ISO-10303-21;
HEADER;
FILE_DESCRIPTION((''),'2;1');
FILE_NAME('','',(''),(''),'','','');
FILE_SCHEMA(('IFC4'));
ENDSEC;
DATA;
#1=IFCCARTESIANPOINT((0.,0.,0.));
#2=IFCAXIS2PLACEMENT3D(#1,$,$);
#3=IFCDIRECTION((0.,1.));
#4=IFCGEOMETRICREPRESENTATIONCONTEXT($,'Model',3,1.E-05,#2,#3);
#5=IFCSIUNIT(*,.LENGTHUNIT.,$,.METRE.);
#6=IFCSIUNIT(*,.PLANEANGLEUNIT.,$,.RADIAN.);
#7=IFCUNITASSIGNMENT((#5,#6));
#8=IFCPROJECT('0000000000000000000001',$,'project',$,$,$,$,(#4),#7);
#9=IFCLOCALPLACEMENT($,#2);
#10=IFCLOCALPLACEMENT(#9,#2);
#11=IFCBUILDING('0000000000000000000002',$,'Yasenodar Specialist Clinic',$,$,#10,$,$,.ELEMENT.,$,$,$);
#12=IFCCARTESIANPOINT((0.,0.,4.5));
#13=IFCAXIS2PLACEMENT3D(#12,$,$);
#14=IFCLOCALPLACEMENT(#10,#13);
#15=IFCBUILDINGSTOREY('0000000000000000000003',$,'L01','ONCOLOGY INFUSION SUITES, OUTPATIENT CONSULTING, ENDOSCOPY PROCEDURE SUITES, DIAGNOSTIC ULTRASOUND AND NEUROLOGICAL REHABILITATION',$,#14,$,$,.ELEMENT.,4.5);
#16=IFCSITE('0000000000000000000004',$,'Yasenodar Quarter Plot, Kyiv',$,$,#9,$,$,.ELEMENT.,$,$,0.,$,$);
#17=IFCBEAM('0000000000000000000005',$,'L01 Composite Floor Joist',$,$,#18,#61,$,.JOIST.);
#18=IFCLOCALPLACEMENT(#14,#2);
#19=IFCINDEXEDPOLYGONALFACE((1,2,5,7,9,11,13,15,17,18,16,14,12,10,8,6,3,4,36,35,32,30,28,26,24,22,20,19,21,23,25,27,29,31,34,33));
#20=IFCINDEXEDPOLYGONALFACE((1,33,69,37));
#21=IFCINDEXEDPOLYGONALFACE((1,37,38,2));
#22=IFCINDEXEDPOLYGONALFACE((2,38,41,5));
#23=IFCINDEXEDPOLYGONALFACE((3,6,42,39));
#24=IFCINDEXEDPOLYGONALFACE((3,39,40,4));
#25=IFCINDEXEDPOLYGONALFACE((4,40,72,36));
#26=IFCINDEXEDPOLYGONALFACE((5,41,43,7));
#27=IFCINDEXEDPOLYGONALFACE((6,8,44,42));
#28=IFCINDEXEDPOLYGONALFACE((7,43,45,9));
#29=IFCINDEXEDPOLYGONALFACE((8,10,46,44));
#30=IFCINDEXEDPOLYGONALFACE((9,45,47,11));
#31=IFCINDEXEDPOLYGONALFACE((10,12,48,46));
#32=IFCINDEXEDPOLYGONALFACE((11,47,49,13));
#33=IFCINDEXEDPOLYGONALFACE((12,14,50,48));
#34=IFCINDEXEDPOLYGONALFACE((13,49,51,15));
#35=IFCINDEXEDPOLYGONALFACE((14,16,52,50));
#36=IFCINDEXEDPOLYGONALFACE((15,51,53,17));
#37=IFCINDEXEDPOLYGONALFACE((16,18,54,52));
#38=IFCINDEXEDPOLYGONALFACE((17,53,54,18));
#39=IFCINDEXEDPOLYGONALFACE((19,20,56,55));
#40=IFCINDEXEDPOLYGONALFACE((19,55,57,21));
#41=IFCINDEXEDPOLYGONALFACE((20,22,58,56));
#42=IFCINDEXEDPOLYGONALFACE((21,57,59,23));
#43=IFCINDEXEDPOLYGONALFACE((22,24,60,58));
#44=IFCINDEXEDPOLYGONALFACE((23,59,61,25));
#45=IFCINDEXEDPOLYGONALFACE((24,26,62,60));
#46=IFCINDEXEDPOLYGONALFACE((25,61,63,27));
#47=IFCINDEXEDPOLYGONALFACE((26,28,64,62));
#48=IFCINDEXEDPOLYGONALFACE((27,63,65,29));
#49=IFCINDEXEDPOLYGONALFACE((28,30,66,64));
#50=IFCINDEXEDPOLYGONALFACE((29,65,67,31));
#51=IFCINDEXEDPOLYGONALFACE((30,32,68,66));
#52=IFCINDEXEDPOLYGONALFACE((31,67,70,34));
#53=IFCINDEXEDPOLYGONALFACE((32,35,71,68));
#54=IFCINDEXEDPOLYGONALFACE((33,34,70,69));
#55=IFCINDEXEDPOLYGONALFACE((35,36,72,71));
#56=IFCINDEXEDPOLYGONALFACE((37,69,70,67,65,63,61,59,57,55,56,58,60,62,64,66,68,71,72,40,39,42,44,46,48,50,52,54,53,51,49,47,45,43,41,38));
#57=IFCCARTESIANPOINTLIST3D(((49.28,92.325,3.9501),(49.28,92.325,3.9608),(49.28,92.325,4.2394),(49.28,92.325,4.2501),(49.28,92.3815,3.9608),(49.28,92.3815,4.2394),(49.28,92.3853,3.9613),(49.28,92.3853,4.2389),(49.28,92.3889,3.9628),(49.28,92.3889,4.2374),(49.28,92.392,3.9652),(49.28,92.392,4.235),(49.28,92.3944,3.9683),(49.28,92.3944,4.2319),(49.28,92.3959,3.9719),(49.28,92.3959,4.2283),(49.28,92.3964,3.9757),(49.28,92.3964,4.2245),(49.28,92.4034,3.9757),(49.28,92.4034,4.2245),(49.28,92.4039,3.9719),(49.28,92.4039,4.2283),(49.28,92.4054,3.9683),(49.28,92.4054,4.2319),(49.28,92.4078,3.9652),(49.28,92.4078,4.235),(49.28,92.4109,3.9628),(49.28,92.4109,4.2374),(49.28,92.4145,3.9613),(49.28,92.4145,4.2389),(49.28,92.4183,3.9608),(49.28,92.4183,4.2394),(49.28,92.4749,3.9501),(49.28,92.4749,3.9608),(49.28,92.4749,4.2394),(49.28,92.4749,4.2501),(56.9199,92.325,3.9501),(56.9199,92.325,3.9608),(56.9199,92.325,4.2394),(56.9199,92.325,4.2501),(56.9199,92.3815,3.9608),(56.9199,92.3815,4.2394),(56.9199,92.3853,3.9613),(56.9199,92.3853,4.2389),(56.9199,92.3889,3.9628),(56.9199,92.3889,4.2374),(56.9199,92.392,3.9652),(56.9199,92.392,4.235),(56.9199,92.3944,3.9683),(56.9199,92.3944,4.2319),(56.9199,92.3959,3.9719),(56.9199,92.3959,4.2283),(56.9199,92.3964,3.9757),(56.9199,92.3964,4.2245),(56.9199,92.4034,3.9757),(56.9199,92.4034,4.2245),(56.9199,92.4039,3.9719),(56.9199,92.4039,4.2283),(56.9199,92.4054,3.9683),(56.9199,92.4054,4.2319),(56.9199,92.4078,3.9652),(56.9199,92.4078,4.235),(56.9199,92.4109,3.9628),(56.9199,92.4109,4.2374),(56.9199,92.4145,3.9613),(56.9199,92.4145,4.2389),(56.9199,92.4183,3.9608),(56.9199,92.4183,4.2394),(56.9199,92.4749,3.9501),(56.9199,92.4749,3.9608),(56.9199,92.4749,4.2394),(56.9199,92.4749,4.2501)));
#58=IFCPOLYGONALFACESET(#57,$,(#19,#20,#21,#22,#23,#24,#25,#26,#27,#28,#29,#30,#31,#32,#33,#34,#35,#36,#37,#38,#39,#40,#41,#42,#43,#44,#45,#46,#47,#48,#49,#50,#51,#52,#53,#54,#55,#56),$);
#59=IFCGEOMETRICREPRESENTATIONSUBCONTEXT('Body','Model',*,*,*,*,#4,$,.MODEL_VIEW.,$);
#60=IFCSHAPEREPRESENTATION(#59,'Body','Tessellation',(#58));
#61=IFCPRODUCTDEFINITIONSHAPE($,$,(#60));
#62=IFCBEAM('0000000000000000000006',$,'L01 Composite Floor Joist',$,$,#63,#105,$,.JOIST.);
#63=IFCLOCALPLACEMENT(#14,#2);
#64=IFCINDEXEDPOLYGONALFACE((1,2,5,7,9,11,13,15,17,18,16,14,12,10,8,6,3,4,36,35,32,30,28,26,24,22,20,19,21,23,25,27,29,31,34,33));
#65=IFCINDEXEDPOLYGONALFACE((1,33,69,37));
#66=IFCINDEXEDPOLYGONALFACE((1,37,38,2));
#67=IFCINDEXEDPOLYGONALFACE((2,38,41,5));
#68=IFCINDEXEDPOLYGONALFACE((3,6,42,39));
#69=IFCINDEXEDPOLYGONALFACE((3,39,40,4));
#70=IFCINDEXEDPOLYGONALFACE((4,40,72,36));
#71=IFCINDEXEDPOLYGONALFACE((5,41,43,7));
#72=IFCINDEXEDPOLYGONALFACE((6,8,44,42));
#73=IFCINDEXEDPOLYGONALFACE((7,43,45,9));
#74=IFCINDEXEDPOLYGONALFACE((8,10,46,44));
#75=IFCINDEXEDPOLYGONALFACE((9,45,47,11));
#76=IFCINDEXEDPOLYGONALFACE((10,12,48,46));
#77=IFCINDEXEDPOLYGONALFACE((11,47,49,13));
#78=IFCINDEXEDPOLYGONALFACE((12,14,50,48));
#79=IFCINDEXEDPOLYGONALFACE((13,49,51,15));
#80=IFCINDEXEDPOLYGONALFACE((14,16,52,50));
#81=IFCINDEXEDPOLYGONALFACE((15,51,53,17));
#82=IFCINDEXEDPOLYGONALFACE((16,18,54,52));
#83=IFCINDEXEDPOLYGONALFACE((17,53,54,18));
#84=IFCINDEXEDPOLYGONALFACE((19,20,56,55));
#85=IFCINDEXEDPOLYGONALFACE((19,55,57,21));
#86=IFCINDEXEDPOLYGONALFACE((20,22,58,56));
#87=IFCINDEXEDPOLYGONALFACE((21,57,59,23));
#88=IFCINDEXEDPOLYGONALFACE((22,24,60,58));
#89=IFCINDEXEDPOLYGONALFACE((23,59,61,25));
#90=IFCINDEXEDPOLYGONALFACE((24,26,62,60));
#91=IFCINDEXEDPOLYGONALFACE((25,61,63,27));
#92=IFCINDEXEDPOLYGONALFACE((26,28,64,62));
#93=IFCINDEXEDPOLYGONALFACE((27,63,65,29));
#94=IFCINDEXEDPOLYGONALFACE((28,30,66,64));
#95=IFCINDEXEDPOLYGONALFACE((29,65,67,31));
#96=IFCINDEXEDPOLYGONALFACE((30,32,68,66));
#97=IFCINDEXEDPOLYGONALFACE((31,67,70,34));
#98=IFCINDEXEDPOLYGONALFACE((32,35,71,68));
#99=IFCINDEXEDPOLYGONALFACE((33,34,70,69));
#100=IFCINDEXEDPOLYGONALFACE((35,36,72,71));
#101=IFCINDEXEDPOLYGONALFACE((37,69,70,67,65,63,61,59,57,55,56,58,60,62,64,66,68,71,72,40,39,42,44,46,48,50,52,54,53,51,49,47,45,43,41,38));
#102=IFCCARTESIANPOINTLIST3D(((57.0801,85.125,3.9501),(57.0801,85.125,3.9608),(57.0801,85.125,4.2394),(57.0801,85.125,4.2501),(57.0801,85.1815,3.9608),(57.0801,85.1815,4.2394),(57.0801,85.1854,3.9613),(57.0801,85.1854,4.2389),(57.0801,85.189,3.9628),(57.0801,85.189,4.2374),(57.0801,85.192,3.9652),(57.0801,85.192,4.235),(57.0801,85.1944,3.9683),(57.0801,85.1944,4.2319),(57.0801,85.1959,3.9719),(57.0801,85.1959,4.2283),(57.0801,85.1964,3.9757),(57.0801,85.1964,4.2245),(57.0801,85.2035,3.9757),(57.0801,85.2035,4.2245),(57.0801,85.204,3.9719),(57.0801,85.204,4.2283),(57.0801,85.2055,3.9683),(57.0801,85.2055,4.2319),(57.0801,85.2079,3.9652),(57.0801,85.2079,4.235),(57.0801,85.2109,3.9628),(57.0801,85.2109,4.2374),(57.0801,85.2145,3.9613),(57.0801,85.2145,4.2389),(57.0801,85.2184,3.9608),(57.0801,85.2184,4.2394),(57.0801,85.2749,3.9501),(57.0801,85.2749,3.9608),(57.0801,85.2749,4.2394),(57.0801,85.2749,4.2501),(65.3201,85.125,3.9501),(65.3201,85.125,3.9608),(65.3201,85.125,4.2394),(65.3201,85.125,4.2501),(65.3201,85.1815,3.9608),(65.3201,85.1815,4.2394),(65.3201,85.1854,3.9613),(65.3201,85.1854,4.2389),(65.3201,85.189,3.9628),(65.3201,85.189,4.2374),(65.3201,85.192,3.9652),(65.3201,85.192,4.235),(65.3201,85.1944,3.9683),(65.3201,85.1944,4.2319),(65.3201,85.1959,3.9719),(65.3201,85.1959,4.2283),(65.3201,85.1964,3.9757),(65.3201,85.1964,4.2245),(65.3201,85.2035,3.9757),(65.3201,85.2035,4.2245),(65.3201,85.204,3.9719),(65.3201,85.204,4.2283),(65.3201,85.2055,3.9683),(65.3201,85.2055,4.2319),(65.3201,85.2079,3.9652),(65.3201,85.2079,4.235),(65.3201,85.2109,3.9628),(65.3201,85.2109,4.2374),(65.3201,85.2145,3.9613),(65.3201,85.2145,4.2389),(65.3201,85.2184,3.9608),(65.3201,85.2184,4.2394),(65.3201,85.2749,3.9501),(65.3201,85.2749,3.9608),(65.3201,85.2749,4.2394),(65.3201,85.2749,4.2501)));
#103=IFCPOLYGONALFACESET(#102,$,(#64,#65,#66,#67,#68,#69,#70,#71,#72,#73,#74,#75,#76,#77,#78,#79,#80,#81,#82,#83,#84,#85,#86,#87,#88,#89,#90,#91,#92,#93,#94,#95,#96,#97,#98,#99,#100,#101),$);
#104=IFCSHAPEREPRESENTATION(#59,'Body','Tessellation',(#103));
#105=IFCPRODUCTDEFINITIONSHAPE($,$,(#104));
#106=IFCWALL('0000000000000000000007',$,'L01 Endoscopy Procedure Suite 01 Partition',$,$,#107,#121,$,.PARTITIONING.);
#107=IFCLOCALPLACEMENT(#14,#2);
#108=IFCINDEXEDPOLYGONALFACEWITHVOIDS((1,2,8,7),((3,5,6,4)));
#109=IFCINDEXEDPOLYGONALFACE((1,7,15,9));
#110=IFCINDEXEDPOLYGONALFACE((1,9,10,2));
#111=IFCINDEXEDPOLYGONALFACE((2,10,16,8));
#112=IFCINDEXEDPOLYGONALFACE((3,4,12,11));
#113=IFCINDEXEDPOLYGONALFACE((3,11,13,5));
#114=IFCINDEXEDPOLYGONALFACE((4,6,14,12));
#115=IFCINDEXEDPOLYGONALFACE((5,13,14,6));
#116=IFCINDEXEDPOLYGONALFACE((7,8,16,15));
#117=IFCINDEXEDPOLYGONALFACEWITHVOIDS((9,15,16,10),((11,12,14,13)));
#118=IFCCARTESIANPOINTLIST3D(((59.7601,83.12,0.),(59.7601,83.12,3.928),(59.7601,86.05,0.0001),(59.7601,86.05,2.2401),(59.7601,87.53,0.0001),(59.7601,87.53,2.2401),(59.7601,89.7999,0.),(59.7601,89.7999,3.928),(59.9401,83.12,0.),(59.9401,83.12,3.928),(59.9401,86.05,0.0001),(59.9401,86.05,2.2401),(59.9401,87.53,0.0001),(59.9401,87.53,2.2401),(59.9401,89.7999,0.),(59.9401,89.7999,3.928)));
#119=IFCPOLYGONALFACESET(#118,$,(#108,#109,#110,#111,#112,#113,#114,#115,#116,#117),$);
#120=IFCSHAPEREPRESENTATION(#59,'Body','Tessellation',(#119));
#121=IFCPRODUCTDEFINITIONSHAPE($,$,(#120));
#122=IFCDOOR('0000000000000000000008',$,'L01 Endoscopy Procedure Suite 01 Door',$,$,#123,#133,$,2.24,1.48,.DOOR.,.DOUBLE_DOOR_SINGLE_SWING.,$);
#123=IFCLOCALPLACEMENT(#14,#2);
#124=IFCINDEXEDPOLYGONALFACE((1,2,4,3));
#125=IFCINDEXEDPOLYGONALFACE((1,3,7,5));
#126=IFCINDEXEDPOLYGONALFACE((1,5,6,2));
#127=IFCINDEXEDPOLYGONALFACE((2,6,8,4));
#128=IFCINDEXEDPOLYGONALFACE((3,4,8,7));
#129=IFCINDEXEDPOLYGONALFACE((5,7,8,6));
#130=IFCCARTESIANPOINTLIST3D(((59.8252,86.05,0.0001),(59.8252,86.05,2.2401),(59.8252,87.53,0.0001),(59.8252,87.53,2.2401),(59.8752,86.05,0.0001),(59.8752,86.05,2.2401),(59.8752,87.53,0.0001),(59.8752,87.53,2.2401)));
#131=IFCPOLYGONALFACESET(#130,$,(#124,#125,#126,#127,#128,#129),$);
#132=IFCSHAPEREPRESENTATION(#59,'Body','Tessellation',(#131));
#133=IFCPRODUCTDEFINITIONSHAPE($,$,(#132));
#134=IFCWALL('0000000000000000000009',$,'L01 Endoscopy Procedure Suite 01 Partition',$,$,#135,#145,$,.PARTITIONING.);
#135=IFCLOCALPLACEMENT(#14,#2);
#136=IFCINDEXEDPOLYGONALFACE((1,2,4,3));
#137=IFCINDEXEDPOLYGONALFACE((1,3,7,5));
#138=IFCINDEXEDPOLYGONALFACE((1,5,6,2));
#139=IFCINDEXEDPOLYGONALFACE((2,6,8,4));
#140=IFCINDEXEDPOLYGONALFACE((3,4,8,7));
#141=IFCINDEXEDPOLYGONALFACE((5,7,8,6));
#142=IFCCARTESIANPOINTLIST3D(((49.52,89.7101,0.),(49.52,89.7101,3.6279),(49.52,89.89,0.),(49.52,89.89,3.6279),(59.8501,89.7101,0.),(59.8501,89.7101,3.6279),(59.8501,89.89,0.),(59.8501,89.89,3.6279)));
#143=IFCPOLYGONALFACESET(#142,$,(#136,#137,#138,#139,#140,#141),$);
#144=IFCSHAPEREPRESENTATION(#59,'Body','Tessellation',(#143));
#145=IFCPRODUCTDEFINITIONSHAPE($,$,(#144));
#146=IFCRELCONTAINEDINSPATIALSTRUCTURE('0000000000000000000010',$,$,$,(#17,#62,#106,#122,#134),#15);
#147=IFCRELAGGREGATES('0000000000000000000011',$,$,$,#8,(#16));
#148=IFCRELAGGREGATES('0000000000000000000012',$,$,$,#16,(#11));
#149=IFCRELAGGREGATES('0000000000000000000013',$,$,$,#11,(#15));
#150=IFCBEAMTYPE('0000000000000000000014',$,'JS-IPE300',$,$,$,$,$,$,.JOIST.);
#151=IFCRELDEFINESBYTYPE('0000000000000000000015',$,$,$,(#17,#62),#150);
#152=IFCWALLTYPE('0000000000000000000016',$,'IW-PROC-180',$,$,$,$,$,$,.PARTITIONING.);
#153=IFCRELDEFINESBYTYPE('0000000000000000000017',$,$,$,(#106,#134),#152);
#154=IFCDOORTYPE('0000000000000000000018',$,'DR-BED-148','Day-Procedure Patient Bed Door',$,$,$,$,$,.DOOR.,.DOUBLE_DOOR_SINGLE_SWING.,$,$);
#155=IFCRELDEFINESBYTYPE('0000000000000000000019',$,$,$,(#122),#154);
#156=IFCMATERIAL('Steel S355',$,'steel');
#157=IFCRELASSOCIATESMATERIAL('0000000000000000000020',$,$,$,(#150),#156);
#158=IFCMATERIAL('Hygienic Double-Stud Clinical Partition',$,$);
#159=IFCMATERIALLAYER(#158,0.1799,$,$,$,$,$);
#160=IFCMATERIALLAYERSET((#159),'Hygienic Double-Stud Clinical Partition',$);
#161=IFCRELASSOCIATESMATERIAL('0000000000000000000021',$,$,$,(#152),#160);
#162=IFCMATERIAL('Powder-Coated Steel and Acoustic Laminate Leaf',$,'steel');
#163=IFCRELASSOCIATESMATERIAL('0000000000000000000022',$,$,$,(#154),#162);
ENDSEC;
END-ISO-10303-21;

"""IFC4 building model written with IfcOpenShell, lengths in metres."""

from ifc_helpers import new_model, si_unit, direction, frame, frame_2d, origin, origin_2d, place, context, subcontext, project, spatial, rectangle, i_section, extrude, material, layer, layer_set, material_profile, profile_set, type_object, element, fill, save


model = new_model("IFC4")

# Units and contexts
model_context = context("Model", 3, precision=1e-05, world=origin(), true_north=direction((0.0, 1.0)))
body_context = subcontext(model_context, "Body", "Model", "MODEL_VIEW")
ifc_project = project(units=[si_unit("LENGTHUNIT", "METRE"), si_unit("PLANEANGLEUNIT", "RADIAN")], contexts=[model_context])

# Site, building, storey
site_placement = place(None, origin())
site = spatial("IfcSite", under=ifc_project, at=site_placement, Name="Yasenodar Quarter Plot, Kyiv", CompositionType="ELEMENT", RefElevation=0.0)
building_placement = place(site_placement, origin())
building = spatial("IfcBuilding", under=site, at=building_placement, Name="Yasenodar Specialist Clinic", CompositionType="ELEMENT")
storey_placement = place(building_placement, frame((0.0, 0.0, 4.5)))
storey = spatial("IfcBuildingStorey", under=building, at=storey_placement, Name="L01", Description="ONCOLOGY INFUSION SUITES, OUTPATIENT CONSULTING, ENDOSCOPY PROCEDURE SUITES, DIAGNOSTIC ULTRASOUND AND NEUROLOGICAL REHABILITATION", CompositionType="ELEMENT", Elevation=4.5)

# Shared definitions
ifc_material_1 = material(Name="Steel S355", Category="steel")

# Beams
ifc_material_profile_1 = material_profile(ifc_material_1, i_section(OverallWidth=0.1499, OverallDepth=0.3, WebThickness=0.0071, FlangeThickness=0.0107, FilletRadius=0.0149, at=origin_2d()), Name="IPE 300")
ifc_profile_set_1 = profile_set([ifc_material_profile_1], Name="Steel S355")
beam_type_1 = type_object("IfcBeamType", Name="JS-IPE300", PredefinedType="JOIST", material=ifc_profile_set_1)
for number, where, z_axis, x_axis, name in (
    (1, (49.28, 92.3999, 4.1001), (1.0, 0.0, 0.0), (0.0, 1.0, 0.0), "L01 Composite Floor Joist"),
):
    element("IfcBeam", number, at=place(storey_placement, frame(where, z_axis=z_axis, x_axis=x_axis)), inside=storey, type_object=beam_type_1, Name=name, PredefinedType="JOIST", context=body_context, shape_type="SweptSolid", body=[
        extrude(i_section(OverallWidth=0.1499, OverallDepth=0.3, WebThickness=0.0071, FlangeThickness=0.0107, FilletRadius=0.0149, at=origin_2d()), origin(), (0.0, 0.0, 1.0), 7.6399),
    ])
beam_1_placement = place(storey_placement, frame((57.0801, 85.2, 4.1001), z_axis=(1.0, 0.0, 0.0), x_axis=(0.0, 1.0, 0.0)))
element("IfcBeam", 2, at=beam_1_placement, inside=storey, type_object=beam_type_1, Name="L01 Composite Floor Joist", PredefinedType="JOIST", context=body_context, shape_type="SweptSolid", body=[
    extrude(i_section(OverallWidth=0.1499, OverallDepth=0.3, WebThickness=0.0071, FlangeThickness=0.0107, FilletRadius=0.0149, at=origin_2d()), origin(), (0.0, 0.0, 1.0), 8.24),
])

# Wall, opening, door
ifc_material_2 = material(Name="Hygienic Double-Stud Clinical Partition")
ifc_layer_1 = layer(ifc_material_2, 0.1799)
ifc_layer_set_1 = layer_set([ifc_layer_1], Name="Hygienic Double-Stud Clinical Partition")
wall_type = type_object("IfcWallType", Name="IW-PROC-180", PredefinedType="PARTITIONING", material=ifc_layer_set_1)
wall_1_placement = place(storey_placement, frame((59.8501, 83.1201, 0.0), z_axis=(0.0, 0.0, 1.0), x_axis=(0.0, 1.0, 0.0)))
wall_1 = element("IfcWall", 3, at=wall_1_placement, inside=storey, type_object=wall_type, Name="L01 Endoscopy Procedure Suite 01 Partition", PredefinedType="PARTITIONING", context=body_context, shape_type="SweptSolid", body=[
    extrude(rectangle(XDim=6.6799, YDim=0.1799, at=frame_2d((3.3398, 0.0))), origin(), (0.0, 0.0, 1.0), 3.928),
])
opening_placement = place(wall_1_placement, frame((2.9299, 0.0, 0.0)))
opening = element("IfcOpeningElement", 4, at=opening_placement, cuts=wall_1, PredefinedType="OPENING", context=body_context, shape_type="SweptSolid", body=[
    extrude(rectangle(XDim=1.48, YDim=2.24, at=frame_2d((0.74, 1.1201))), frame((0.0, 0.1001, 0.0), z_axis=(0.0, -1.0, 0.0), x_axis=(1.0, 0.0, 0.0)), (0.0, 0.0, 1.0), 0.2),
])
ifc_material_3 = material(Name="Powder-Coated Steel and Acoustic Laminate Leaf", Category="steel")
door_type = type_object("IfcDoorType", Name="DR-BED-148", Description="Day-Procedure Patient Bed Door", OperationType="DOUBLE_DOOR_SINGLE_SWING", PredefinedType="DOOR", material=ifc_material_3)
door_placement = place(opening_placement, origin())
door = element("IfcDoor", 5, at=door_placement, inside=storey, type_object=door_type, Name="L01 Endoscopy Procedure Suite 01 Door", OperationType="DOUBLE_DOOR_SINGLE_SWING", OverallHeight=2.24, OverallWidth=1.48, PredefinedType="DOOR", context=body_context, shape_type="SweptSolid", body=[
    extrude(rectangle(XDim=1.48, YDim=2.24, at=frame_2d((0.74, 1.1201))), frame((0.0, 0.0249, 0.0), z_axis=(0.0, -1.0, 0.0), x_axis=(1.0, 0.0, 0.0)), (0.0, 0.0, 1.0), 0.05),
])
fill(opening, door)

# Wall
wall_2_placement = place(storey_placement, frame((59.8501, 89.8, 0.0), z_axis=(0.0, 0.0, 1.0), x_axis=(-1.0, 0.0, 0.0)))
element("IfcWall", 6, at=wall_2_placement, inside=storey, type_object=wall_type, Name="L01 Endoscopy Procedure Suite 01 Partition", PredefinedType="PARTITIONING", context=body_context, shape_type="SweptSolid", body=[
    extrude(rectangle(XDim=10.3301, YDim=0.1799, at=frame_2d((5.165, 0.0))), origin(), (0.0, 0.0, 1.0), 3.6279),
])

save(model, "model.ifc")
